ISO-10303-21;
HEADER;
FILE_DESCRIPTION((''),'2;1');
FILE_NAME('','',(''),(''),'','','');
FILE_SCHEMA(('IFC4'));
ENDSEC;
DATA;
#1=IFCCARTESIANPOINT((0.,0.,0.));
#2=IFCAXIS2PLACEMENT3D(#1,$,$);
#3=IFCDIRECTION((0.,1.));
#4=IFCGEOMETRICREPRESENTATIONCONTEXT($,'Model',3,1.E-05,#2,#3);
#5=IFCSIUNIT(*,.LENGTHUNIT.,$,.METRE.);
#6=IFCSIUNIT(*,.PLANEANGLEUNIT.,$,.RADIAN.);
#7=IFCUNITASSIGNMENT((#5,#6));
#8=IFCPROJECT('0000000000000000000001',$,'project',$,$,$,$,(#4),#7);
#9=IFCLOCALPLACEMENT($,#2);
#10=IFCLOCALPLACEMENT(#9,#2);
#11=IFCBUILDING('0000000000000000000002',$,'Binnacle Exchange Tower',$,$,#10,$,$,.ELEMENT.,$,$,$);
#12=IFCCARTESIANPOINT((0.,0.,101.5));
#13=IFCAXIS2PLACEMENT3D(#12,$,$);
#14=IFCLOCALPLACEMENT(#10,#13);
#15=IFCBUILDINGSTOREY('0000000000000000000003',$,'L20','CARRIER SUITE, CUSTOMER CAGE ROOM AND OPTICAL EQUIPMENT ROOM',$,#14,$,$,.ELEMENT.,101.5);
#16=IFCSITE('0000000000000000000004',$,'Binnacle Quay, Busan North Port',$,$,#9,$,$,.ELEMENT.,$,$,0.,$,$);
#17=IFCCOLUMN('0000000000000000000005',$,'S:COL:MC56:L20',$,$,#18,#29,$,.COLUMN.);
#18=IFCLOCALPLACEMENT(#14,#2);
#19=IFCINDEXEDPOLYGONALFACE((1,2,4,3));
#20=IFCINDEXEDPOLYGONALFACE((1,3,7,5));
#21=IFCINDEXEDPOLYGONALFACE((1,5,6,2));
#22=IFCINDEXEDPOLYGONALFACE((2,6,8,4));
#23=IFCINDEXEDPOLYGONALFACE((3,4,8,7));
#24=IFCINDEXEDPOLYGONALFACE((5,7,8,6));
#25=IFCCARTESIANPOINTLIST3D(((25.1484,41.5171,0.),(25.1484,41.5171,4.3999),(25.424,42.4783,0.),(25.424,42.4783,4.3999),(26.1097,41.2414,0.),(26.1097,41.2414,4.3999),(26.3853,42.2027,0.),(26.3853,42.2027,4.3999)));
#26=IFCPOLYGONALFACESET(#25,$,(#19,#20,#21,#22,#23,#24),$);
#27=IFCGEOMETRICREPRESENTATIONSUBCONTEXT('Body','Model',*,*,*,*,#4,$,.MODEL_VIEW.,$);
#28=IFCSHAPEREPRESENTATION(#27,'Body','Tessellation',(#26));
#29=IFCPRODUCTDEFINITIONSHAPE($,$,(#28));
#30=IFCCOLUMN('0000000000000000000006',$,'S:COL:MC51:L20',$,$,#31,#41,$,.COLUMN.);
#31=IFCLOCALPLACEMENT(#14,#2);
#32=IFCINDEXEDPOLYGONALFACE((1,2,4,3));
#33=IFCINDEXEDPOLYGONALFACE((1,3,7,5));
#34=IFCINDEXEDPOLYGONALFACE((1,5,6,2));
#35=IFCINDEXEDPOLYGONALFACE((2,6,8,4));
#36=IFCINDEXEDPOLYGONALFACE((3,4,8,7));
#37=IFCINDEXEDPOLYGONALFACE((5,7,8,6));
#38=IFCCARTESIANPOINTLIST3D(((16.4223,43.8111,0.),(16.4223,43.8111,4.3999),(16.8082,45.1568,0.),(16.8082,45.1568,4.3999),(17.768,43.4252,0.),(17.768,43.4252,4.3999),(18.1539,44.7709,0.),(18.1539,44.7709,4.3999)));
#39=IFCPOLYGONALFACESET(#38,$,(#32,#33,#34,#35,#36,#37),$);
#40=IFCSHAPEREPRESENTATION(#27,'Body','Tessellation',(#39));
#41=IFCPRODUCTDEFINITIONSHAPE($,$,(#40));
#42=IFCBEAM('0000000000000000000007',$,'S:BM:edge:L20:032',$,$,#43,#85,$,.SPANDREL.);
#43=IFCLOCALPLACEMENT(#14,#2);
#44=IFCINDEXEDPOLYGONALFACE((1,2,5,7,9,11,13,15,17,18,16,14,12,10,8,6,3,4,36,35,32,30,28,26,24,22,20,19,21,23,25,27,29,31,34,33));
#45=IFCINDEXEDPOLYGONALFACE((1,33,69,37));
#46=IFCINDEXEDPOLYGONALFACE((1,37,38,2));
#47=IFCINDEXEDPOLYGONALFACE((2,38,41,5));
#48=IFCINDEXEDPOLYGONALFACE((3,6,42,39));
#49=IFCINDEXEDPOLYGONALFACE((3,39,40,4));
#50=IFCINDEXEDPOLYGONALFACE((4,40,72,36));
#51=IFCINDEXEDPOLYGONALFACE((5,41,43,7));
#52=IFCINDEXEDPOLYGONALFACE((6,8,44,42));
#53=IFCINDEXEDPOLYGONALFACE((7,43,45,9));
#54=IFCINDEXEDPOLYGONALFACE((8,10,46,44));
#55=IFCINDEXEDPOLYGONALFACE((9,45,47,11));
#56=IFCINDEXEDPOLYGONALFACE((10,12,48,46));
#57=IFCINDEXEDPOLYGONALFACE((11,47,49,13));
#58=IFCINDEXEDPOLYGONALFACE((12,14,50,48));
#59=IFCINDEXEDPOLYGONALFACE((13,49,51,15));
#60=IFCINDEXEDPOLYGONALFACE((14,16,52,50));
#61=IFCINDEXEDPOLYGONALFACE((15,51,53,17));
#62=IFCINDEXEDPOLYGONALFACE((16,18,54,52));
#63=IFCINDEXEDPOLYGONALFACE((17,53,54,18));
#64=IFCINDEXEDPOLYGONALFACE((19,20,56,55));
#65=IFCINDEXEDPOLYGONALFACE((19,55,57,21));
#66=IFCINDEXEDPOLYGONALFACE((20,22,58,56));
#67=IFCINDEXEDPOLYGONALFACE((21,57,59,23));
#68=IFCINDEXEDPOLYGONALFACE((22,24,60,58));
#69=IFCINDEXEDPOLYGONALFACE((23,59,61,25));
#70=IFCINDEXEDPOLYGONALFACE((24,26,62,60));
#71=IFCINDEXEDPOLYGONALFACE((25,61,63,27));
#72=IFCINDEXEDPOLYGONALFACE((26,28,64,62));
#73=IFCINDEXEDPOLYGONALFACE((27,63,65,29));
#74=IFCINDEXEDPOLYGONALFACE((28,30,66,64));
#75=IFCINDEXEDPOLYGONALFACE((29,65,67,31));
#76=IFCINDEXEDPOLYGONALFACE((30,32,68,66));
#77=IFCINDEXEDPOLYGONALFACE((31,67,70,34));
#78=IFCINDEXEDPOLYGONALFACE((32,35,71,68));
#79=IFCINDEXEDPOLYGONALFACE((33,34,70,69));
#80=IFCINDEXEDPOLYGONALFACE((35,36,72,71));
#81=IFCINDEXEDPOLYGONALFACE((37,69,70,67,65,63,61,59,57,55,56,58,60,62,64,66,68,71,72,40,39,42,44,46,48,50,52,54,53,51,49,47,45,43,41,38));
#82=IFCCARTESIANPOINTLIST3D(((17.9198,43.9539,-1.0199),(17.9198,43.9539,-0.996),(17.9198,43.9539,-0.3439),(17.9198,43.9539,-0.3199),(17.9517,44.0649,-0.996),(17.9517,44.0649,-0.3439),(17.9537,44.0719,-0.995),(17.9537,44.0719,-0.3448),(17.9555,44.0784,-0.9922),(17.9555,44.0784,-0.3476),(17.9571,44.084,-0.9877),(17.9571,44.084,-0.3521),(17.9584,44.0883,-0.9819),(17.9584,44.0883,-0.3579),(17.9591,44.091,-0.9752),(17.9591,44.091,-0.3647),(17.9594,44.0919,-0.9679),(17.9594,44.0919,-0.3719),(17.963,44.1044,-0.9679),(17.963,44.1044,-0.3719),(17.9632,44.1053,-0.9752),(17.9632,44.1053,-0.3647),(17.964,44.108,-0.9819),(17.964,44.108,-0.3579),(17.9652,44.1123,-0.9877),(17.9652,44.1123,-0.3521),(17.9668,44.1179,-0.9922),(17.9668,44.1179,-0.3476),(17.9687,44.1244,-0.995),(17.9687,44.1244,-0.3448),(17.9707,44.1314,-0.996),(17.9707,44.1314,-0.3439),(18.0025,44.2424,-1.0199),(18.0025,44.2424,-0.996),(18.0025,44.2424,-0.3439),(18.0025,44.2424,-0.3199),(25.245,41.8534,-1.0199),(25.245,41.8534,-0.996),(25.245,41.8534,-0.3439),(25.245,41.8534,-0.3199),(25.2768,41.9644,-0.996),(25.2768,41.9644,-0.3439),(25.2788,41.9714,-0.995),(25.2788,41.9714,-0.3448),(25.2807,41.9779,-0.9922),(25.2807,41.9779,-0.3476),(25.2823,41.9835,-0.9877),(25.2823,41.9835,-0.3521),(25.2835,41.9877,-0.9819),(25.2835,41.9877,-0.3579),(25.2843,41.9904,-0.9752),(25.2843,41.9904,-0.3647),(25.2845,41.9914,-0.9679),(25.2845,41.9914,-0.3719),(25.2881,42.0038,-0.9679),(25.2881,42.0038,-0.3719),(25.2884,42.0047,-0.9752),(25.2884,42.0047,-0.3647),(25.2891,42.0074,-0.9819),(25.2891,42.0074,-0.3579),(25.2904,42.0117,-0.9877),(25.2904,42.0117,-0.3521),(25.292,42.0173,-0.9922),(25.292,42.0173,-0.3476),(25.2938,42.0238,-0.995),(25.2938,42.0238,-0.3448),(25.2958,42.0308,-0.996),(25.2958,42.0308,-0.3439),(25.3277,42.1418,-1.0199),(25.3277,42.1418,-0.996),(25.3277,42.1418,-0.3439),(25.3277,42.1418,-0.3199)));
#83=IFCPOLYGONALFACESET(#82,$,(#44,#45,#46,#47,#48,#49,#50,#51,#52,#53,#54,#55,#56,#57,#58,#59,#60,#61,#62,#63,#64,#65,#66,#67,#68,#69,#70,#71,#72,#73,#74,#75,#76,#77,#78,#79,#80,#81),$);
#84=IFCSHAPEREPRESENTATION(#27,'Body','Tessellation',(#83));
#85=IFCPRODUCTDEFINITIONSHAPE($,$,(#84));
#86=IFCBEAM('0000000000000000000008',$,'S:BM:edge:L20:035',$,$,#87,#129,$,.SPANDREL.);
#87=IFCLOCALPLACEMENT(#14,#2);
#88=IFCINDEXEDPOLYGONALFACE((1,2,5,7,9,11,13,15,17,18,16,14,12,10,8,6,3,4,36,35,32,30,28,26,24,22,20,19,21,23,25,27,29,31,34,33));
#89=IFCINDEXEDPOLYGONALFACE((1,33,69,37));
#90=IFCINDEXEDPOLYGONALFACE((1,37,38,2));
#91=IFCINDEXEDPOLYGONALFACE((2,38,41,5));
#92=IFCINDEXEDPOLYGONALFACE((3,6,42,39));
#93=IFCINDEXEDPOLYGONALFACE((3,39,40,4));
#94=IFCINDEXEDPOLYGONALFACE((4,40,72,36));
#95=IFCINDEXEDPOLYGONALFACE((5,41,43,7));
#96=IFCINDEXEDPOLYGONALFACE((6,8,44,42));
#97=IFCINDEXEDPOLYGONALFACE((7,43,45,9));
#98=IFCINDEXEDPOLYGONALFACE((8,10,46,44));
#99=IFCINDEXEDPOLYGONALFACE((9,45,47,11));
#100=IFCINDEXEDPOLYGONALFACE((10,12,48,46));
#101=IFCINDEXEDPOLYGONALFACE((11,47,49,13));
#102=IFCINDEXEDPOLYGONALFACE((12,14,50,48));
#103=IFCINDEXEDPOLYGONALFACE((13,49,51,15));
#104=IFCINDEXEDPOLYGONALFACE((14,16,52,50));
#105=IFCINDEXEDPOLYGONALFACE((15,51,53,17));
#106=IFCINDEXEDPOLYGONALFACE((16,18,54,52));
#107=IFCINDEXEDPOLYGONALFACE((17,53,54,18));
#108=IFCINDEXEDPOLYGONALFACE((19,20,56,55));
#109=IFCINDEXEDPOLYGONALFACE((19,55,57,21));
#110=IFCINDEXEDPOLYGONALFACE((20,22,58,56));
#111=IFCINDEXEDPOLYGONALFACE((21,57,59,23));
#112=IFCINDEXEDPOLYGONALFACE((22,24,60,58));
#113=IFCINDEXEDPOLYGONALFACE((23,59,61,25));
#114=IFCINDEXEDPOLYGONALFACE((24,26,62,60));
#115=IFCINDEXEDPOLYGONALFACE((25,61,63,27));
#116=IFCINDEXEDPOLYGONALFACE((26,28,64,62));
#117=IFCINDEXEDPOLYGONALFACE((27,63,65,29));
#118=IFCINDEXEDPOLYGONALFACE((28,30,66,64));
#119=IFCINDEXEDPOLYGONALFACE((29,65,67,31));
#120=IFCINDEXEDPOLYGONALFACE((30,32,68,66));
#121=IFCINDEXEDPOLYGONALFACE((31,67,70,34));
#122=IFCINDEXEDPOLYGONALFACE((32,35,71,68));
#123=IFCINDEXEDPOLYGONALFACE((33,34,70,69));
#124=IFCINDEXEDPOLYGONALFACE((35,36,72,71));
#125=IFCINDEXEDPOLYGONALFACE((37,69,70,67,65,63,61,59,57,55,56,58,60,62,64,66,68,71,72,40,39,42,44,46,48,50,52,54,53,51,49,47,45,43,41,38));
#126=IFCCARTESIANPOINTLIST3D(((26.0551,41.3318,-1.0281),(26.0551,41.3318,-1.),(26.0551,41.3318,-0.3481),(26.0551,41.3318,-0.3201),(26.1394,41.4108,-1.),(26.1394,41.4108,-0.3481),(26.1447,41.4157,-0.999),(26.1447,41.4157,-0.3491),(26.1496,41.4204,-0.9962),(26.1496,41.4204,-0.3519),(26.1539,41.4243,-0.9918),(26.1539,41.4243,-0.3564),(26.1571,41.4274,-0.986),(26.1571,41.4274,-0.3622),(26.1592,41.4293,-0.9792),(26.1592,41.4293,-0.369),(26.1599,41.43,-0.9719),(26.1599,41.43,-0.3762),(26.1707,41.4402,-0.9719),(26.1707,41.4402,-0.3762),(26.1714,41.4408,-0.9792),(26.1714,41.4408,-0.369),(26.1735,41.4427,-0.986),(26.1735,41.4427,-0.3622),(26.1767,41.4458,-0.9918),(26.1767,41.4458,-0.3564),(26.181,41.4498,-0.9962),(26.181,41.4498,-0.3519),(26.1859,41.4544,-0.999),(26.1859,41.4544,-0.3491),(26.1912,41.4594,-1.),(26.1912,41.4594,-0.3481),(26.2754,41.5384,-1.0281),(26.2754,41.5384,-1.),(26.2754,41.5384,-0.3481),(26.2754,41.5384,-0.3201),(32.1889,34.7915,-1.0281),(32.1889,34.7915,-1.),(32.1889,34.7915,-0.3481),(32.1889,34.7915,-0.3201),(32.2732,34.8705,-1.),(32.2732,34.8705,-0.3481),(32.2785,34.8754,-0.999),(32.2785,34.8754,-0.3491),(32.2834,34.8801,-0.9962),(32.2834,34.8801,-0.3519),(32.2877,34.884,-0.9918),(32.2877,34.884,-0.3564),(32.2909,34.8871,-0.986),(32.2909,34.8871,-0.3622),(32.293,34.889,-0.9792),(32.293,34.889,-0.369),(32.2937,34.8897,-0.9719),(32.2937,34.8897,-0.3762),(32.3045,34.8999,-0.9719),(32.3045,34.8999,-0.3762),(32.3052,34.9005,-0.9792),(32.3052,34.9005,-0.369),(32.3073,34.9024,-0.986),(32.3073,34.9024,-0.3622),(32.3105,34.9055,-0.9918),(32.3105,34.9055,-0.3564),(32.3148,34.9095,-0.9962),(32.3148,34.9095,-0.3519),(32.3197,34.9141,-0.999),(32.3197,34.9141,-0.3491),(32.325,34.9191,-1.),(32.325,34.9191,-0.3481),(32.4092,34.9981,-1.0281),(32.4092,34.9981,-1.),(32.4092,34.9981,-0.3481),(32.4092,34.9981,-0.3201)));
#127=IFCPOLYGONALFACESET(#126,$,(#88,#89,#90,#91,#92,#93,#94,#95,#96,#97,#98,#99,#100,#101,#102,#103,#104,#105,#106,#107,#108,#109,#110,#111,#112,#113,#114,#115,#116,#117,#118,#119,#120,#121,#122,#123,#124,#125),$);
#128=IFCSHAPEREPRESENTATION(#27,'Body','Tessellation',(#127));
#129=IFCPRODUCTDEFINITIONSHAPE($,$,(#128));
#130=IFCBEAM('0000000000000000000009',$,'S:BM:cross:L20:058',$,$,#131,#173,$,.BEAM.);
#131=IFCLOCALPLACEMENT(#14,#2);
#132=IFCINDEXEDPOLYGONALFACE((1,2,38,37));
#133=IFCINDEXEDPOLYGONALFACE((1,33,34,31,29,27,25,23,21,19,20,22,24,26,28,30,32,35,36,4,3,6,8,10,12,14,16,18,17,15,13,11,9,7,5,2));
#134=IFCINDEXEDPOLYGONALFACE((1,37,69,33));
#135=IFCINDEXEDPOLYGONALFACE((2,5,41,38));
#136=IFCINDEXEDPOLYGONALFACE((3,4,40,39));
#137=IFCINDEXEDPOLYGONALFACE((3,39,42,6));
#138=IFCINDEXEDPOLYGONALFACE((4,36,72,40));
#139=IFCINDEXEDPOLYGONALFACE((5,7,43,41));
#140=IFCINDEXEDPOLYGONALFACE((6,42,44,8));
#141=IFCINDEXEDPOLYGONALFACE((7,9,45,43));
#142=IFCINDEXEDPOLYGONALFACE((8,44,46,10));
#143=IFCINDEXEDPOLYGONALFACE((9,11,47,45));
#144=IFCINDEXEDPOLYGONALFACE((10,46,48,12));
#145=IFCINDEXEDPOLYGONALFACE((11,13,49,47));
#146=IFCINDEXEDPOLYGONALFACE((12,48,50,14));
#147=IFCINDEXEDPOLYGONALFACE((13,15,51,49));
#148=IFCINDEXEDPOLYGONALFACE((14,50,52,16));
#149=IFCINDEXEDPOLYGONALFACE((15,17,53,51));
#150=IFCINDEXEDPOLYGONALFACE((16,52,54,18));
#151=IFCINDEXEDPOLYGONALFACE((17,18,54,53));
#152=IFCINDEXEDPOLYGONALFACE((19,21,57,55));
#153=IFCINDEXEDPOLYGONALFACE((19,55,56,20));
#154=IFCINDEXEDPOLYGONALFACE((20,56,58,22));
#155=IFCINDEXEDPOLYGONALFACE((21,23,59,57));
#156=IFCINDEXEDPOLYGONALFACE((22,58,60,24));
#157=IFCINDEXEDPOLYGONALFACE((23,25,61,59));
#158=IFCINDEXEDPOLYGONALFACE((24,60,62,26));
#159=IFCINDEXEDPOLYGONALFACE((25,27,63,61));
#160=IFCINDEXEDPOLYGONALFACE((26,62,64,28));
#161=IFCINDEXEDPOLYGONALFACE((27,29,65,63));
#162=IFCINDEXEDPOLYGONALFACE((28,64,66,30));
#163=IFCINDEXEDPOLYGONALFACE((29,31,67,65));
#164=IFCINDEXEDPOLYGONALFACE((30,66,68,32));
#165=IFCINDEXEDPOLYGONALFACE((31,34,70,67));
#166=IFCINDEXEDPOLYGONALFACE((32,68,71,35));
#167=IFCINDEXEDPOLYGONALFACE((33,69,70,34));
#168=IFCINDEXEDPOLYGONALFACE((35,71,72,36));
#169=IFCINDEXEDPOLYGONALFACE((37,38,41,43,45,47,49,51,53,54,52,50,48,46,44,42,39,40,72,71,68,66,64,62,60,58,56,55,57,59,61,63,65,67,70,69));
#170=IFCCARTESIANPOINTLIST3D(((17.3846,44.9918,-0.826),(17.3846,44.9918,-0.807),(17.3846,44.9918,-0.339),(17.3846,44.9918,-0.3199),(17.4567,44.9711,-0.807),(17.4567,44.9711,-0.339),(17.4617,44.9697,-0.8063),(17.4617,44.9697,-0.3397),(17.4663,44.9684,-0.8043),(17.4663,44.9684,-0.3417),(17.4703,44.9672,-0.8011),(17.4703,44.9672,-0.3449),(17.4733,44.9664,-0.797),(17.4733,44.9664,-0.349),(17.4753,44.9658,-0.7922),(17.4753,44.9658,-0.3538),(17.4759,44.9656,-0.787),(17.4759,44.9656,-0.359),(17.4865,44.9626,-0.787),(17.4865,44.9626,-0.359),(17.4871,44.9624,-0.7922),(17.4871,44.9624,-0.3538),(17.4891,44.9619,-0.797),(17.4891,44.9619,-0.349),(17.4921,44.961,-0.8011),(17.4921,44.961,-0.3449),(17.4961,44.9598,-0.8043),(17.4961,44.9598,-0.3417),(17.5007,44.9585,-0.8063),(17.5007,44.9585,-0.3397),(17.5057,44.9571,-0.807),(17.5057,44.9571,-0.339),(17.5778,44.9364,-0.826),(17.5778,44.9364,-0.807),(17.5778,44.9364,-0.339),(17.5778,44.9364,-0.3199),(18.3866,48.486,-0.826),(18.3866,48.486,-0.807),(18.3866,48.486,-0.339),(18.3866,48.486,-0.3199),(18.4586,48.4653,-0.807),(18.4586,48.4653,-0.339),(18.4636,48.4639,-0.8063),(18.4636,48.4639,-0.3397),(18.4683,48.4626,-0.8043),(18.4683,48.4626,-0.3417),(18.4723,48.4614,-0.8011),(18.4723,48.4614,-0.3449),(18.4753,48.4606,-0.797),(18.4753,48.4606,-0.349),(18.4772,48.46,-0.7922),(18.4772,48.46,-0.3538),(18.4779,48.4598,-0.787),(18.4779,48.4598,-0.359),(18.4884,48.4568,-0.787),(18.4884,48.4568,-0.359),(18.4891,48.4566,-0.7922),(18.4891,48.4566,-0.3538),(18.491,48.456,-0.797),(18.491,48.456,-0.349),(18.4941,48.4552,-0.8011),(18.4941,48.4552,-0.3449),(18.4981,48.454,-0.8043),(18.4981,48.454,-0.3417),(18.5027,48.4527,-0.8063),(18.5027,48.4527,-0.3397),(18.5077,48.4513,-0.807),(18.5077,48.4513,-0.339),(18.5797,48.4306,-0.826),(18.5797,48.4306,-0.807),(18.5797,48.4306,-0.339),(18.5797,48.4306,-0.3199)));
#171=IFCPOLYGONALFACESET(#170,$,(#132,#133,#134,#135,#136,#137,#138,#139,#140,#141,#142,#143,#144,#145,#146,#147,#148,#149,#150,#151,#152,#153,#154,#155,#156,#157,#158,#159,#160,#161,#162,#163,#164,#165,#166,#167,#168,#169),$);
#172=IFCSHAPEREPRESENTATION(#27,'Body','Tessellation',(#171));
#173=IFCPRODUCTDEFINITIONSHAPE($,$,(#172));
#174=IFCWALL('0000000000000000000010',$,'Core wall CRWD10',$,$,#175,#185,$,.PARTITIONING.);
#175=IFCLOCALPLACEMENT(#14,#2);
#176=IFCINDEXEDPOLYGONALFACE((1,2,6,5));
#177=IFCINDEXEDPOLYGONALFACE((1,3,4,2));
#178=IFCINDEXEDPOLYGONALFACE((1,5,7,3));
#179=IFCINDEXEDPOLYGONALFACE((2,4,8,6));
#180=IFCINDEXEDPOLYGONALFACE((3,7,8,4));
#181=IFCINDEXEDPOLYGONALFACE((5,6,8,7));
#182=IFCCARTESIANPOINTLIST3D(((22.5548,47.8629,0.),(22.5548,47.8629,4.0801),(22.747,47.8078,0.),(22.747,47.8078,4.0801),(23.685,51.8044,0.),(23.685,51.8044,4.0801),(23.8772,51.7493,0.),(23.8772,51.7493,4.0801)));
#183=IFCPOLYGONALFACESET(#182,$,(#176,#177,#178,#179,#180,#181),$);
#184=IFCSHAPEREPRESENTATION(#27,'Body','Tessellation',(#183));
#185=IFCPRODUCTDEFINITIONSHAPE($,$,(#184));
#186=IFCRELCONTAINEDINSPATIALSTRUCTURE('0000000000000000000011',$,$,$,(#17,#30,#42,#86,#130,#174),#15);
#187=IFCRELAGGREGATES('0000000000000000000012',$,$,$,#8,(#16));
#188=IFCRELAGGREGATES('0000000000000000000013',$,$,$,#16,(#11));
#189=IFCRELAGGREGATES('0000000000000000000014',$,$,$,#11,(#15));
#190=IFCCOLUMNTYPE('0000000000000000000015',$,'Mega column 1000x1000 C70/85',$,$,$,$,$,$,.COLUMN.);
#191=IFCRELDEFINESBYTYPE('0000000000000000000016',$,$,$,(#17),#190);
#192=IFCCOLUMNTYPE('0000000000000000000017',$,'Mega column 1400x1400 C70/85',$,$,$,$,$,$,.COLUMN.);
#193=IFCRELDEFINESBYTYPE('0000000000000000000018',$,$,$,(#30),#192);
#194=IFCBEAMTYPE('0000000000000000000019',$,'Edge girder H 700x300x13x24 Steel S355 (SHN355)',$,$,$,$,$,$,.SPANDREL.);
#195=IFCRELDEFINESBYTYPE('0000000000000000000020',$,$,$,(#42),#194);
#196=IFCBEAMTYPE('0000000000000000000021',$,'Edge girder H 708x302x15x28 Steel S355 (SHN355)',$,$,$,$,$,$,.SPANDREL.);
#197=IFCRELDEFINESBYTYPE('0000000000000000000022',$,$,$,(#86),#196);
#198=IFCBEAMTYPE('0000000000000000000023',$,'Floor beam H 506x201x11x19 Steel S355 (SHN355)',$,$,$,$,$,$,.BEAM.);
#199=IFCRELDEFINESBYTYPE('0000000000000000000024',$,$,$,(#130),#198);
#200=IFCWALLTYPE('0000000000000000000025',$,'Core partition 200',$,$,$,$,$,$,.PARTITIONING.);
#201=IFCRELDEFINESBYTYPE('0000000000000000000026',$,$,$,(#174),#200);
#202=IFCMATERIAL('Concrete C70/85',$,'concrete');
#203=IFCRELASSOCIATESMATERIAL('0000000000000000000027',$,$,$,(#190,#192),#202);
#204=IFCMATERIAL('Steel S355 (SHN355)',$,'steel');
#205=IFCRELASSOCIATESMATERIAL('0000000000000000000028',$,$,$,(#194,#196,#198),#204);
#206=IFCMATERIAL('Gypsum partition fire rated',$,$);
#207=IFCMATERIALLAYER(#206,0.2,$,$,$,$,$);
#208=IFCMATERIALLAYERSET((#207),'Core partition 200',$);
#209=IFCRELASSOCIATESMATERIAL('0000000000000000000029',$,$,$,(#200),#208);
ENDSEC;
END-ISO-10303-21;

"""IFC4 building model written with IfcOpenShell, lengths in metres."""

from ifc_helpers import new_model, si_unit, direction, frame, frame_2d, origin, origin_2d, place, context, subcontext, project, spatial, rectangle, i_section, extrude, material, layer, layer_set, material_profile, profile_set, type_object, element, save


model = new_model("IFC4")

# Units and contexts
model_context = context("Model", 3, precision=1e-05, world=origin(), true_north=direction((0.0, 1.0)))
body_context = subcontext(model_context, "Body", "Model", "MODEL_VIEW")
ifc_project = project(units=[si_unit("LENGTHUNIT", "METRE"), si_unit("PLANEANGLEUNIT", "RADIAN")], contexts=[model_context])

# Site, building, storey
site_placement = place(None, origin())
site = spatial("IfcSite", under=ifc_project, at=site_placement, Name="Binnacle Quay, Busan North Port", CompositionType="ELEMENT", RefElevation=0.0)
building_placement = place(site_placement, origin())
building = spatial("IfcBuilding", under=site, at=building_placement, Name="Binnacle Exchange Tower", CompositionType="ELEMENT")
storey_placement = place(building_placement, frame((0.0, 0.0, 101.5)))
storey = spatial("IfcBuildingStorey", under=building, at=storey_placement, Name="L20", Description="CARRIER SUITE, CUSTOMER CAGE ROOM AND OPTICAL EQUIPMENT ROOM", CompositionType="ELEMENT", Elevation=101.5)

# Columns
ifc_material_1 = material(Name="Concrete C70/85", Category="concrete")
ifc_material_profile_1 = material_profile(ifc_material_1, rectangle(XDim=1.0, YDim=1.0, at=origin_2d()), Name="Mega column 1000x1000 C70/85")
ifc_profile_set_1 = profile_set([ifc_material_profile_1], Name="Concrete C70/85")
column_type_1 = type_object("IfcColumnType", Name="Mega column 1000x1000 C70/85", PredefinedType="COLUMN", material=ifc_profile_set_1)
column_1_placement = place(storey_placement, frame((25.7668, 41.8599, 0.0), z_axis=(0.0, 0.0, 1.0), x_axis=(0.961262, -0.275637, 0.0)))
element("IfcColumn", 1, at=column_1_placement, inside=storey, type_object=column_type_1, Name="S:COL:MC56:L20", PredefinedType="COLUMN", context=body_context, shape_type="SweptSolid", body=[
    extrude(rectangle(XDim=1.0, YDim=1.0, at=origin_2d()), origin(), (0.0, 0.0, 1.0), 4.3999),
])
ifc_material_profile_2 = material_profile(ifc_material_1, rectangle(XDim=1.3999, YDim=1.3999, at=origin_2d()), Name="Mega column 1400x1400 C70/85")
ifc_profile_set_2 = profile_set([ifc_material_profile_2], Name="Concrete C70/85")
column_type_2 = type_object("IfcColumnType", Name="Mega column 1400x1400 C70/85", PredefinedType="COLUMN", material=ifc_profile_set_2)
column_2_placement = place(storey_placement, frame((17.2881, 44.291, 0.0), z_axis=(0.0, 0.0, 1.0), x_axis=(0.961262, -0.275637, 0.0)))
element("IfcColumn", 2, at=column_2_placement, inside=storey, type_object=column_type_2, Name="S:COL:MC51:L20", PredefinedType="COLUMN", context=body_context, shape_type="SweptSolid", body=[
    extrude(rectangle(XDim=1.3999, YDim=1.3999, at=origin_2d()), origin(), (0.0, 0.0, 1.0), 4.3999),
])

# Beams
ifc_material_2 = material(Name="Steel S355 (SHN355)", Category="steel")
ifc_material_profile_3 = material_profile(ifc_material_2, i_section(OverallWidth=0.3, OverallDepth=0.7, WebThickness=0.0129, FlangeThickness=0.0239, FilletRadius=0.0281, at=origin_2d()), Name="H 700x300x13x24")
ifc_profile_set_3 = profile_set([ifc_material_profile_3], Name="Steel S355 (SHN355)")
beam_type_1 = type_object("IfcBeamType", Name="Edge girder H 700x300x13x24 Steel S355 (SHN355)", PredefinedType="SPANDREL", material=ifc_profile_set_3)
beam_1_placement = place(storey_placement, frame((17.9612, 44.0981, -0.6699), z_axis=(0.961258, -0.275652, 0.0), x_axis=(0.275652, 0.961258, 0.0)))
element("IfcBeam", 3, at=beam_1_placement, inside=storey, type_object=beam_type_1, Name="S:BM:edge:L20:032", PredefinedType="SPANDREL", context=body_context, shape_type="SweptSolid", body=[
    extrude(i_section(OverallWidth=0.3, OverallDepth=0.7, WebThickness=0.0129, FlangeThickness=0.0239, FilletRadius=0.0281, at=origin_2d()), origin(), (0.0, 0.0, 1.0), 7.6204),
])
ifc_material_profile_4 = material_profile(ifc_material_2, i_section(OverallWidth=0.302, OverallDepth=0.708, WebThickness=0.0149, FlangeThickness=0.0281, FilletRadius=0.0281, at=origin_2d()), Name="H 708x302x15x28")
ifc_profile_set_4 = profile_set([ifc_material_profile_4], Name="Steel S355 (SHN355)")
beam_type_2 = type_object("IfcBeamType", Name="Edge girder H 708x302x15x28 Steel S355 (SHN355)", PredefinedType="SPANDREL", material=ifc_profile_set_4)
beam_2_placement = place(storey_placement, frame((26.1653, 41.4351, -0.6741), z_axis=(0.684076, -0.729411, 0.0), x_axis=(0.729411, 0.684076, 0.0)))
element("IfcBeam", 4, at=beam_2_placement, inside=storey, type_object=beam_type_2, Name="S:BM:edge:L20:035", PredefinedType="SPANDREL", context=body_context, shape_type="SweptSolid", body=[
    extrude(i_section(OverallWidth=0.302, OverallDepth=0.708, WebThickness=0.0149, FlangeThickness=0.0281, FilletRadius=0.0281, at=origin_2d()), origin(), (0.0, 0.0, 1.0), 8.9666),
])
ifc_material_profile_5 = material_profile(ifc_material_2, i_section(OverallWidth=0.2009, OverallDepth=0.5061, WebThickness=0.011, FlangeThickness=0.019, FilletRadius=0.02, at=origin_2d()), Name="H 506x201x11x19")
ifc_profile_set_5 = profile_set([ifc_material_profile_5], Name="Steel S355 (SHN355)")
beam_type_3 = type_object("IfcBeamType", Name="Floor beam H 506x201x11x19 Steel S355 (SHN355)", PredefinedType="BEAM", material=ifc_profile_set_5)
beam_3_placement = place(storey_placement, frame((17.4812, 44.9641, -0.573), z_axis=(0.275644, 0.96126, 0.0), x_axis=(-0.96126, 0.275644, 0.0)))
element("IfcBeam", 5, at=beam_3_placement, inside=storey, type_object=beam_type_3, Name="S:BM:cross:L20:058", PredefinedType="BEAM", context=body_context, shape_type="SweptSolid", body=[
    extrude(i_section(OverallWidth=0.2009, OverallDepth=0.5061, WebThickness=0.011, FlangeThickness=0.019, FilletRadius=0.02, at=origin_2d()), origin(), (0.0, 0.0, 1.0), 3.635),
])

# Wall
ifc_material_3 = material(Name="Gypsum partition fire rated")
ifc_layer_1 = layer(ifc_material_3, 0.2)
ifc_layer_set_1 = layer_set([ifc_layer_1], Name="Core partition 200")
wall_type_1 = type_object("IfcWallType", Name="Core partition 200", PredefinedType="PARTITIONING", material=ifc_layer_set_1)
wall_1_placement = place(storey_placement, frame((22.6509, 47.8352, 0.0), z_axis=(0.0, 0.0, 1.0), x_axis=(0.275625, 0.961265, 0.0)))
element("IfcWall", 6, at=wall_1_placement, inside=storey, type_object=wall_type_1, Name="Core wall CRWD10", PredefinedType="PARTITIONING", context=body_context, shape_type="SweptSolid", body=[
    extrude(rectangle(XDim=4.1003, YDim=0.2, at=frame_2d((2.0503, 0.0))), origin(), (0.0, 0.0, 1.0), 4.0801),
])

save(model, "model.ifc")
